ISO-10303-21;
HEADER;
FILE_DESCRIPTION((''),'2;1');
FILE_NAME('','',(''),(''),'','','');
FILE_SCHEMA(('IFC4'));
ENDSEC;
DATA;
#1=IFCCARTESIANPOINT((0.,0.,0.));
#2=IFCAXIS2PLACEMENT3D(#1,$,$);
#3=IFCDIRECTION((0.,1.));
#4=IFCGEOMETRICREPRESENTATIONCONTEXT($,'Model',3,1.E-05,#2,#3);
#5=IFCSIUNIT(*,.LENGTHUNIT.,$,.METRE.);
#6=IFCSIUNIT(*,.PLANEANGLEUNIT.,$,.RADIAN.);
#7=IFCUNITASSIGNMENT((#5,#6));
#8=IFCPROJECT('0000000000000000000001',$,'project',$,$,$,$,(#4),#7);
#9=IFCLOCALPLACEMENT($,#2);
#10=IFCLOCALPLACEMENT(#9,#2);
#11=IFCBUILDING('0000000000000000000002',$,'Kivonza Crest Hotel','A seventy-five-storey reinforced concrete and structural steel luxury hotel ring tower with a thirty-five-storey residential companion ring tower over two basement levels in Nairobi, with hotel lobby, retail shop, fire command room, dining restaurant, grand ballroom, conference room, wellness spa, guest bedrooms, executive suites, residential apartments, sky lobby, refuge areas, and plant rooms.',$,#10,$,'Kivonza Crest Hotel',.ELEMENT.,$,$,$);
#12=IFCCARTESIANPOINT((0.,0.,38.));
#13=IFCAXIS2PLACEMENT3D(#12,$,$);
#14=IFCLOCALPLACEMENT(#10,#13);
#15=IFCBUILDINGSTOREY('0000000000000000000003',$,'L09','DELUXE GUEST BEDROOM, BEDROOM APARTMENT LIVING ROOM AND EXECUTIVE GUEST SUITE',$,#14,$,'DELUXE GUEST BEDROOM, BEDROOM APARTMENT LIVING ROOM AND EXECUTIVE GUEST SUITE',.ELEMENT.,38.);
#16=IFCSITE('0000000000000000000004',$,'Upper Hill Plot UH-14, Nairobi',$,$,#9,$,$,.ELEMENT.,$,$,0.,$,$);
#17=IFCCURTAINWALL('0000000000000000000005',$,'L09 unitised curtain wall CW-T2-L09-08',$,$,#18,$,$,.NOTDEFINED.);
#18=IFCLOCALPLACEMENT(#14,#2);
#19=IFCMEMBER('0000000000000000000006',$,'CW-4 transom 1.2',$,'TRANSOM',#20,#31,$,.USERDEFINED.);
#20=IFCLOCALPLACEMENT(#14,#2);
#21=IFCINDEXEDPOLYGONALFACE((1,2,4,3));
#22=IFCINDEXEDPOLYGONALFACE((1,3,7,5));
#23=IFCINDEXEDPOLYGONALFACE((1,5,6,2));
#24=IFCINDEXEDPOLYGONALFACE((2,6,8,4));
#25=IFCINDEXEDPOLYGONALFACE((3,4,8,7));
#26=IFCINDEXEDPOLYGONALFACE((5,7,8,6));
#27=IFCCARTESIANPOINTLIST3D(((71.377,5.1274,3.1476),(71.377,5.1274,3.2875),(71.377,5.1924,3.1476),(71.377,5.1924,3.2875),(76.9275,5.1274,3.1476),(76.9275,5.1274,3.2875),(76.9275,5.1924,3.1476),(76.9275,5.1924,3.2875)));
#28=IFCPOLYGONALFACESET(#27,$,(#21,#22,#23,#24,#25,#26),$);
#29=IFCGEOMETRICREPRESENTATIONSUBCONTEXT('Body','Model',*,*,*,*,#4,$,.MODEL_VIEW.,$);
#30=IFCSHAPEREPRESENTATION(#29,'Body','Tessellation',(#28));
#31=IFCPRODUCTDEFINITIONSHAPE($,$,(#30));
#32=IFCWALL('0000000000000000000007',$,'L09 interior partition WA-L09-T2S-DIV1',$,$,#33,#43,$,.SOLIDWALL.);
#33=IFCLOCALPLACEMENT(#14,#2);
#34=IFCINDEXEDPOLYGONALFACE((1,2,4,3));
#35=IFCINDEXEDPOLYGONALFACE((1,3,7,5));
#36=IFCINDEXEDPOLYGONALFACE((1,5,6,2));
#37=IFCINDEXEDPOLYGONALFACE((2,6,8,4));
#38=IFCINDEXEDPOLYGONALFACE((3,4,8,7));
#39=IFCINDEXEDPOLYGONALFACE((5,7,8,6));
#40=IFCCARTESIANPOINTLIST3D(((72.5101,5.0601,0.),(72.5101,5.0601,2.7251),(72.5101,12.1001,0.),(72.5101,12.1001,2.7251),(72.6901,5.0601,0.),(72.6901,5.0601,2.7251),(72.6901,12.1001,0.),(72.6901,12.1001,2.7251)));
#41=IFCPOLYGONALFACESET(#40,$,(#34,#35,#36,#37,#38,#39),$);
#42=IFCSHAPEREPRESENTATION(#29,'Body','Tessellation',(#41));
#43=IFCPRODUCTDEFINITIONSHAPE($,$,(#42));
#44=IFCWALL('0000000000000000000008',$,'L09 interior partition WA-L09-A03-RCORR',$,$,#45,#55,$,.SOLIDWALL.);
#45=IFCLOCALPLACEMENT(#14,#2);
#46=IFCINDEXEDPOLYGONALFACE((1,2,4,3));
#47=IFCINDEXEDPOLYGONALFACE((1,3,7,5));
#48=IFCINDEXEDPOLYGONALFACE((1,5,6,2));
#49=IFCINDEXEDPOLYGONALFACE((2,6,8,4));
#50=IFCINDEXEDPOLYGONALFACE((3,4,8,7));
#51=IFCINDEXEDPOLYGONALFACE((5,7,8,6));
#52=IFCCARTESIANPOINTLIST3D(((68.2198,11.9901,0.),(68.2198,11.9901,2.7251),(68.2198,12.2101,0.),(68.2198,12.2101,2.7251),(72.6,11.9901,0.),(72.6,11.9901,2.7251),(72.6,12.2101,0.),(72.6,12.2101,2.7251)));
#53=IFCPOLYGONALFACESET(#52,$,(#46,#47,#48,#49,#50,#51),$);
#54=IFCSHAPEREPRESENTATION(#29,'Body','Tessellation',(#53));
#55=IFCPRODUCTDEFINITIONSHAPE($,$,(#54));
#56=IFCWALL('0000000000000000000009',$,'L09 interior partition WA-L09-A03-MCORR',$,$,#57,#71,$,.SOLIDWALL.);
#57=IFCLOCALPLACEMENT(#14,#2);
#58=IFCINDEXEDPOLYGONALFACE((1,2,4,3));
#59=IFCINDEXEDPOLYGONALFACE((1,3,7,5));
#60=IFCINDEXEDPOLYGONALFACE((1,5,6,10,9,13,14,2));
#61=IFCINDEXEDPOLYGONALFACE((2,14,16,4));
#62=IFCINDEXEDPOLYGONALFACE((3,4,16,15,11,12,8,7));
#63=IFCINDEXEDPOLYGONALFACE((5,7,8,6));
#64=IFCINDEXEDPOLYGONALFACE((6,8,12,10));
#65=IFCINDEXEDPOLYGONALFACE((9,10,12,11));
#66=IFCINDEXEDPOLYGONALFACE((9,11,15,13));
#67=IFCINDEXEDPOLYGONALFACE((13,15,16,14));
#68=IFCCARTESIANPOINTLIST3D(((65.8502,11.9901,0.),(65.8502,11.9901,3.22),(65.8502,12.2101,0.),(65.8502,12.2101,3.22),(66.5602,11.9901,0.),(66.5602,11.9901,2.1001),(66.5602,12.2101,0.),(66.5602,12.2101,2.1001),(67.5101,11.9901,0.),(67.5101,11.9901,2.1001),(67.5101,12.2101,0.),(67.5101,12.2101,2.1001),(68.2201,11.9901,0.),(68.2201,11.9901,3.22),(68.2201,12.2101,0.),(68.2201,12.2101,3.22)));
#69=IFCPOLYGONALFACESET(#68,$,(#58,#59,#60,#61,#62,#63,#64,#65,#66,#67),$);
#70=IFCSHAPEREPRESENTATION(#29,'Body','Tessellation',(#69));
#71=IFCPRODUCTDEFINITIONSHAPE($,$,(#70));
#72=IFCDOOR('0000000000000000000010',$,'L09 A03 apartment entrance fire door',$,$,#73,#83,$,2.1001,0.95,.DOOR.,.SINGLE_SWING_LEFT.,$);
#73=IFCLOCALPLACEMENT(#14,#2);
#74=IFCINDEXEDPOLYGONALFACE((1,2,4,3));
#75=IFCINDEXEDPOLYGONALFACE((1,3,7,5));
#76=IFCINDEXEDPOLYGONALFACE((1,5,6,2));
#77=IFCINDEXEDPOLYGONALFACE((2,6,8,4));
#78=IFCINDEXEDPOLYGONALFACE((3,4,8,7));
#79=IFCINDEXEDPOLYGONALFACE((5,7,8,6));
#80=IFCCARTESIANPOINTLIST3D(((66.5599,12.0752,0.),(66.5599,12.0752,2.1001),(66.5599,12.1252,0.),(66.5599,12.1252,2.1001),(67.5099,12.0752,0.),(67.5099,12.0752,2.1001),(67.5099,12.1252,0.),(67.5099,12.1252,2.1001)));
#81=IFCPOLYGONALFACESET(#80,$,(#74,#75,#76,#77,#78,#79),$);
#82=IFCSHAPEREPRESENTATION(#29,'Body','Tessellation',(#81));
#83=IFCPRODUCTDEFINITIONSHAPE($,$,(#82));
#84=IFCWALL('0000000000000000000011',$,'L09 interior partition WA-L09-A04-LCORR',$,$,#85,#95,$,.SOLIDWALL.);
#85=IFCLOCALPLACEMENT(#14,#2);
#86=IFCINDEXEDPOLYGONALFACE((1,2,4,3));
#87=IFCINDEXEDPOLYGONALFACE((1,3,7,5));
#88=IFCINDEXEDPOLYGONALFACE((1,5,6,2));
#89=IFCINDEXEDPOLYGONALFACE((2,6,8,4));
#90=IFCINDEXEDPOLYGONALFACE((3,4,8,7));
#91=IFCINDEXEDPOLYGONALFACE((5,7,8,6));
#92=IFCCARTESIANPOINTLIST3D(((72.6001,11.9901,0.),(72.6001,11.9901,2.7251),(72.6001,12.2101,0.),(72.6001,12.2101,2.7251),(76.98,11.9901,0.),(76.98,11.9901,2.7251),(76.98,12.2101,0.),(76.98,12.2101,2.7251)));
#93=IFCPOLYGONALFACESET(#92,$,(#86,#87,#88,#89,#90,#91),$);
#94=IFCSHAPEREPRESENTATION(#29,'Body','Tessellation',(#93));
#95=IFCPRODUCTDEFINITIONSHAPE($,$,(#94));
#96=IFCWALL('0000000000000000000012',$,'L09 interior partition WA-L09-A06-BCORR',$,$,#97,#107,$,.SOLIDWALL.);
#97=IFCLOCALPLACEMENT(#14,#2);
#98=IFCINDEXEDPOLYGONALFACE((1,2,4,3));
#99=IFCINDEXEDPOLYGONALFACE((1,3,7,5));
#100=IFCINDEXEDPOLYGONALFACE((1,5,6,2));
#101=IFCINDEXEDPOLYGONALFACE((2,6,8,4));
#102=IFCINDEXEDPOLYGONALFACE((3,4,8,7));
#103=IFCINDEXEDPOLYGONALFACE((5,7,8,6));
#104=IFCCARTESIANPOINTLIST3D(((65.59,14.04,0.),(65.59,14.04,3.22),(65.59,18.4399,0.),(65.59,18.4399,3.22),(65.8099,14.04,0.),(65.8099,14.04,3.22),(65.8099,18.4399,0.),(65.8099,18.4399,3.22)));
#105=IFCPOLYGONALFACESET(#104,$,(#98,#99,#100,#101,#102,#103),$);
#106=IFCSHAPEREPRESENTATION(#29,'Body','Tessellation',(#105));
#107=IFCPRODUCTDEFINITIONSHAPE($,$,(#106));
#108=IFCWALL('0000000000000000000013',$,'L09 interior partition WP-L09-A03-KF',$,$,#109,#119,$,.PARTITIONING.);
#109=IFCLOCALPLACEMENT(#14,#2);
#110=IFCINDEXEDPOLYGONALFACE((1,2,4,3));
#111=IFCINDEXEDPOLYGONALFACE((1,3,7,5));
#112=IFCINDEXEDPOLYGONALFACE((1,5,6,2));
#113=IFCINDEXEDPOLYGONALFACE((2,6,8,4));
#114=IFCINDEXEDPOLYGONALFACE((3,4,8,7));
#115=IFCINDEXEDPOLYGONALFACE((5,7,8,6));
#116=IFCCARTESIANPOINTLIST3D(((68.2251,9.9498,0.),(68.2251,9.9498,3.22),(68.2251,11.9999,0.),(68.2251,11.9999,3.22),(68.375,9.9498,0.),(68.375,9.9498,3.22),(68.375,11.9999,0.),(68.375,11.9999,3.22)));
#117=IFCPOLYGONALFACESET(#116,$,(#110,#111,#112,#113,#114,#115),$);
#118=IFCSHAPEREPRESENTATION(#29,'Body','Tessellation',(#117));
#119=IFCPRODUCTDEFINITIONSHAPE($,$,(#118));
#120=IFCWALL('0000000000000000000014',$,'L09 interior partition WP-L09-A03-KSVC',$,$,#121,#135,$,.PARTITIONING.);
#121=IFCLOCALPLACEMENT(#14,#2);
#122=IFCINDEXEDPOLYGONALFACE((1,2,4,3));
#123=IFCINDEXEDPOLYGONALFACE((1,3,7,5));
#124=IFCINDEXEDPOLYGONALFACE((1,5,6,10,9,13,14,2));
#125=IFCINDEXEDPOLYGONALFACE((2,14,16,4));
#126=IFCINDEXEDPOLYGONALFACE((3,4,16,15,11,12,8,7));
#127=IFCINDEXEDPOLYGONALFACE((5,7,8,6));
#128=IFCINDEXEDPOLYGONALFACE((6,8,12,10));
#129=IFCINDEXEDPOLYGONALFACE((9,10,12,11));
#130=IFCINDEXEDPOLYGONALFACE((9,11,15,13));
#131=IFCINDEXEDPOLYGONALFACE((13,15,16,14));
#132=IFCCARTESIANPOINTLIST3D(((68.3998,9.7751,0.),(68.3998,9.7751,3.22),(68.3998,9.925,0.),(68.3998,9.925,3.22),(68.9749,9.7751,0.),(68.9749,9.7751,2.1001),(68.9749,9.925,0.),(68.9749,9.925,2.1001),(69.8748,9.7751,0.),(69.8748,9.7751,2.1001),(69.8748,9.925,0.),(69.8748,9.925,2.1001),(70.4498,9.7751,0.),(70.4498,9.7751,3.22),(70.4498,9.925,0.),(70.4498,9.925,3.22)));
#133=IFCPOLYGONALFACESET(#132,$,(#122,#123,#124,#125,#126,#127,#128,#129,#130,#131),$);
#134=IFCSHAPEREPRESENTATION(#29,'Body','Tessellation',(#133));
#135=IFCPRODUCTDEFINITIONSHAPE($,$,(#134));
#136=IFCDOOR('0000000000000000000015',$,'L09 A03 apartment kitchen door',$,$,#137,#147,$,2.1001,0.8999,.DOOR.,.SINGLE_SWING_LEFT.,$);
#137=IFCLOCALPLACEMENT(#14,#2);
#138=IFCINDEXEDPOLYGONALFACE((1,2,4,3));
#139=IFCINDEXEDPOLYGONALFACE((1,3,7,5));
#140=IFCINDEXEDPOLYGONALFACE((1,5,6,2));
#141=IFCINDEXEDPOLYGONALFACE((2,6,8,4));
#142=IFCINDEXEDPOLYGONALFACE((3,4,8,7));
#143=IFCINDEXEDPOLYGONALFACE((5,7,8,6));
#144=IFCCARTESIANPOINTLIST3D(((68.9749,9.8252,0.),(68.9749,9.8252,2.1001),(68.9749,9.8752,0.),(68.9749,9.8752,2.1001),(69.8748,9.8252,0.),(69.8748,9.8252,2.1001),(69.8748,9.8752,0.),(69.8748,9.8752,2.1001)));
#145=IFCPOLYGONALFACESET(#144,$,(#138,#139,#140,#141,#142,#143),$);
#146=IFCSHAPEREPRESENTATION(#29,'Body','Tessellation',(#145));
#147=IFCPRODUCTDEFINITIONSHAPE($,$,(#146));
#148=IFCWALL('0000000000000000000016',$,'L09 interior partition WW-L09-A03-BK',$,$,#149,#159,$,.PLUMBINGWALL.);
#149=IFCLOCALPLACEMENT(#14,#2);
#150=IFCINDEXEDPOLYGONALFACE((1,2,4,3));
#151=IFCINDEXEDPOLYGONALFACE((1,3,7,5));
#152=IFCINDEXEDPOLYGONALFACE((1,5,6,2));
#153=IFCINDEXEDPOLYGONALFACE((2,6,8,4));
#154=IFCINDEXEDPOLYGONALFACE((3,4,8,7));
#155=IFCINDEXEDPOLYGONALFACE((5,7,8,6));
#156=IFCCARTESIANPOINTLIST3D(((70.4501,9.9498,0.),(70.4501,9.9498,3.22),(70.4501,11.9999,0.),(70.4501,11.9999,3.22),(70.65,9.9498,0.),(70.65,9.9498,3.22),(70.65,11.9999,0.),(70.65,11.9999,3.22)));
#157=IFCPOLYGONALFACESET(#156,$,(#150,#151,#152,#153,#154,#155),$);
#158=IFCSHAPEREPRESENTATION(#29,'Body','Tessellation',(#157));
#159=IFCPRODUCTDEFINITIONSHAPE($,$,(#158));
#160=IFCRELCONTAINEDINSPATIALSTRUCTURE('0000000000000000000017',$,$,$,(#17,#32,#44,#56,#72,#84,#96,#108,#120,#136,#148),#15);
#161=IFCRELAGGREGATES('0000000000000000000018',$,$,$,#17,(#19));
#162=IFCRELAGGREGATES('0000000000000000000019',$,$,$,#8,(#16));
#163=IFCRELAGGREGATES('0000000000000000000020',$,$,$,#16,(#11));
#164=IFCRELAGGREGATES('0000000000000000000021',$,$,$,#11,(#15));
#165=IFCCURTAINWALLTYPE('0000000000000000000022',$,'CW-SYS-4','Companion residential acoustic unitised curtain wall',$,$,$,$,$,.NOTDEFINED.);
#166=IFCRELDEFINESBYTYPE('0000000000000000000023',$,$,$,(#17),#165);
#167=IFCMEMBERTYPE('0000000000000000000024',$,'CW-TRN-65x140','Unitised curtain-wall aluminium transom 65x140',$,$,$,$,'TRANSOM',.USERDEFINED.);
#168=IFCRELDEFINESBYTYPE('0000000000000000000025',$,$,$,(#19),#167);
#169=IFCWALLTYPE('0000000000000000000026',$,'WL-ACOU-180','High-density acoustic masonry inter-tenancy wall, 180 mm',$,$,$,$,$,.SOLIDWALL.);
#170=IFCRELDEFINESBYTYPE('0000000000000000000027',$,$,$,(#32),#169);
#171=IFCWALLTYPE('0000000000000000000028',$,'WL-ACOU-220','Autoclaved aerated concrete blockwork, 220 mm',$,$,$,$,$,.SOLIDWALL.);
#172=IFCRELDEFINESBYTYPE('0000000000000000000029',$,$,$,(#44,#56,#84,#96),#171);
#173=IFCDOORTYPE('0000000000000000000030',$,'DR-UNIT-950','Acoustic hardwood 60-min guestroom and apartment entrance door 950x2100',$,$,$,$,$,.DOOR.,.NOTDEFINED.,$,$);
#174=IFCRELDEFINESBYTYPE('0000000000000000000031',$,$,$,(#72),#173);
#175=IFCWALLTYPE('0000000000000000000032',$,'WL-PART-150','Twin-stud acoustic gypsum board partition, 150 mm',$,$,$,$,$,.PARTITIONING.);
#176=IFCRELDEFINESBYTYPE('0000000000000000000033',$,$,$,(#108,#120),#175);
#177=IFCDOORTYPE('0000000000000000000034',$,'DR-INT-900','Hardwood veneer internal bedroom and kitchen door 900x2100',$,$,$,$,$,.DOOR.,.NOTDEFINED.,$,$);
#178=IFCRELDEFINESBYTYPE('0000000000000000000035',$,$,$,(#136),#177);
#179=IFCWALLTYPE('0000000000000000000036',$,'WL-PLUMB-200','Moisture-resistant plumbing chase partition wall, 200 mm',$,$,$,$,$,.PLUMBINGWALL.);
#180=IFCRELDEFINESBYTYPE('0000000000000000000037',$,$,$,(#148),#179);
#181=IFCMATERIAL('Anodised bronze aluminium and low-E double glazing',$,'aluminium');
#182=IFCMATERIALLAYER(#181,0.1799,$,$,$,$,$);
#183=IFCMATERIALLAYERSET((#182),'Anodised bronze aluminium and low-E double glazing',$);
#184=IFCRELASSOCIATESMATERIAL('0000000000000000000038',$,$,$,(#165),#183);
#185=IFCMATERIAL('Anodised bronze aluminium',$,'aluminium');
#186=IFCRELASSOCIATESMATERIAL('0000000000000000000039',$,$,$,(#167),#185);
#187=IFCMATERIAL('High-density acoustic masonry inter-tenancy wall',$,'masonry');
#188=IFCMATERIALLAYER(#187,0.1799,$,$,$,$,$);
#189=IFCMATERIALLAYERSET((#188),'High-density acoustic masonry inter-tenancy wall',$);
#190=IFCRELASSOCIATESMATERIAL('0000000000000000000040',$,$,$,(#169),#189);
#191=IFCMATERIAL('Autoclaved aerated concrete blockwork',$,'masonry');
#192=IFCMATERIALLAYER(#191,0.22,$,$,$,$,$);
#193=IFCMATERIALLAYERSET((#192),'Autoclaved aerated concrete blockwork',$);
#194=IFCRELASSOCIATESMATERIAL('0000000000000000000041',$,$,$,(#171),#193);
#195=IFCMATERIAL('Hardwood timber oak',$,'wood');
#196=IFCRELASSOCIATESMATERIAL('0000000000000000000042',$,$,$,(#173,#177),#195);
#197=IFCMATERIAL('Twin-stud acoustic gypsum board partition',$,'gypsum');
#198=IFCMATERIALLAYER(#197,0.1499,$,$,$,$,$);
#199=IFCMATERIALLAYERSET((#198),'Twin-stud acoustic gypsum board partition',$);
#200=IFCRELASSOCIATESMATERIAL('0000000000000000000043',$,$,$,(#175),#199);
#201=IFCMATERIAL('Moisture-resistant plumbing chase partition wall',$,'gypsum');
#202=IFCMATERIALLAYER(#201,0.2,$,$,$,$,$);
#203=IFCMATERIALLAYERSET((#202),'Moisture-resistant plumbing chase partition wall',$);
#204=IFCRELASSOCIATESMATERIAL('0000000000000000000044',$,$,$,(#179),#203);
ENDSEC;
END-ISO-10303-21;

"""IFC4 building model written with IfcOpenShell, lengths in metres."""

from ifc_helpers import new_model, si_unit, direction, frame, frame_2d, origin, origin_2d, place, context, subcontext, project, spatial, rectangle, extrude, material, layer, layer_set, material_profile, profile_set, type_object, element, fill, aggregate, save


model = new_model("IFC4")

# Units and contexts
model_context = context("Model", 3, precision=1e-05, world=origin(), true_north=direction((0.0, 1.0)))
body_context = subcontext(model_context, "Body", "Model", "MODEL_VIEW")
ifc_project = project(units=[si_unit("LENGTHUNIT", "METRE"), si_unit("PLANEANGLEUNIT", "RADIAN")], contexts=[model_context])

# Site, building, storey
site_placement = place(None, origin())
site = spatial("IfcSite", under=ifc_project, at=site_placement, Name="Upper Hill Plot UH-14, Nairobi", CompositionType="ELEMENT", RefElevation=0.0)
building_placement = place(site_placement, origin())
building = spatial("IfcBuilding", under=site, at=building_placement, Name="Kivonza Crest Hotel", Description="A seventy-five-storey reinforced concrete and structural steel luxury hotel ring tower with a thirty-five-storey residential companion ring tower over two basement levels in Nairobi, with hotel lobby, retail shop, fire command room, dining restaurant, grand ballroom, conference room, wellness spa, guest bedrooms, executive suites, residential apartments, sky lobby, refuge areas, and plant rooms.", LongName="Kivonza Crest Hotel", CompositionType="ELEMENT")
storey_placement = place(building_placement, frame((0.0, 0.0, 38.0)))
storey = spatial("IfcBuildingStorey", under=building, at=storey_placement, Name="L09", Description="DELUXE GUEST BEDROOM, BEDROOM APARTMENT LIVING ROOM AND EXECUTIVE GUEST SUITE", LongName="DELUXE GUEST BEDROOM, BEDROOM APARTMENT LIVING ROOM AND EXECUTIVE GUEST SUITE", CompositionType="ELEMENT", Elevation=38.0)

# Curtain wall, member
ifc_material_1 = material(Name="Anodised bronze aluminium and low-E double glazing", Category="aluminium")
ifc_layer_1 = layer(ifc_material_1, 0.1799)
ifc_layer_set_1 = layer_set([ifc_layer_1], Name="Anodised bronze aluminium and low-E double glazing")
curtain_wall_type = type_object("IfcCurtainWallType", Name="CW-SYS-4", Description="Companion residential acoustic unitised curtain wall", PredefinedType="NOTDEFINED", material=ifc_layer_set_1)
curtain_wall_placement = place(storey_placement, origin())
curtain_wall = element("IfcCurtainWall", 1, at=curtain_wall_placement, inside=storey, type_object=curtain_wall_type, Name="L09 unitised curtain wall CW-T2-L09-08", PredefinedType="NOTDEFINED")
ifc_material_2 = material(Name="Anodised bronze aluminium", Category="aluminium")
ifc_material_profile_1 = material_profile(ifc_material_2, rectangle(XDim=0.0649, YDim=0.1399, at=origin_2d()), Name="CW-T 65x140")
ifc_profile_set_1 = profile_set([ifc_material_profile_1], Name="Anodised bronze aluminium")
member_type_1 = type_object("IfcMemberType", Name="CW-TRN-65x140", Description="Unitised curtain-wall aluminium transom 65x140", ElementType="TRANSOM", PredefinedType="USERDEFINED", material=ifc_profile_set_1)
member_1_placement = place(storey_placement, frame((71.377, 5.1599, 3.2175), z_axis=(1.0, 0.0, 0.0), x_axis=(0.0, 1.0, 0.0)))
member_1 = element("IfcMember", 2, at=member_1_placement, type_object=member_type_1, Name="CW-4 transom 1.2", ObjectType="TRANSOM", PredefinedType="USERDEFINED", context=body_context, shape_type="SweptSolid", body=[
    extrude(rectangle(XDim=0.0649, YDim=0.1399, at=origin_2d()), origin(), (0.0, 0.0, 1.0), 5.5505),
])
aggregate(curtain_wall, [member_1])

# Walls
ifc_material_3 = material(Name="High-density acoustic masonry inter-tenancy wall", Category="masonry")
ifc_layer_2 = layer(ifc_material_3, 0.1799)
ifc_layer_set_2 = layer_set([ifc_layer_2], Name="High-density acoustic masonry inter-tenancy wall")
wall_type_1 = type_object("IfcWallType", Name="WL-ACOU-180", Description="High-density acoustic masonry inter-tenancy wall, 180 mm", PredefinedType="SOLIDWALL", material=ifc_layer_set_2)
wall_1_placement = place(storey_placement, frame((72.6001, 5.0601, 0.0), z_axis=(0.0, 0.0, 1.0), x_axis=(0.0, 1.0, 0.0)))
element("IfcWall", 3, at=wall_1_placement, inside=storey, type_object=wall_type_1, Name="L09 interior partition WA-L09-T2S-DIV1", PredefinedType="SOLIDWALL", context=body_context, shape_type="SweptSolid", body=[
    extrude(rectangle(XDim=7.04, YDim=0.1799, at=frame_2d((3.52, 0.0))), origin(), (0.0, 0.0, 1.0), 2.7251),
])
ifc_material_4 = material(Name="Autoclaved aerated concrete blockwork", Category="masonry")
ifc_layer_3 = layer(ifc_material_4, 0.22)
ifc_layer_set_3 = layer_set([ifc_layer_3], Name="Autoclaved aerated concrete blockwork")
wall_type_2 = type_object("IfcWallType", Name="WL-ACOU-220", Description="Autoclaved aerated concrete blockwork, 220 mm", PredefinedType="SOLIDWALL", material=ifc_layer_set_3)
wall_2_placement = place(storey_placement, frame((68.22, 12.1001, 0.0), z_axis=(0.0, 0.0, 1.0), x_axis=(1.0, 0.0, 0.0)))
element("IfcWall", 4, at=wall_2_placement, inside=storey, type_object=wall_type_2, Name="L09 interior partition WA-L09-A03-RCORR", PredefinedType="SOLIDWALL", context=body_context, shape_type="SweptSolid", body=[
    extrude(rectangle(XDim=4.3801, YDim=0.22, at=frame_2d((2.1899, 0.0))), origin(), (0.0, 0.0, 1.0), 2.7251),
])

# Wall, opening, door
wall_3_placement = place(storey_placement, frame((65.8501, 12.1001, 0.0), z_axis=(0.0, 0.0, 1.0), x_axis=(1.0, 0.0, 0.0)))
wall_3 = element("IfcWall", 5, at=wall_3_placement, inside=storey, type_object=wall_type_2, Name="L09 interior partition WA-L09-A03-MCORR", PredefinedType="SOLIDWALL", context=body_context, shape_type="SweptSolid", body=[
    extrude(rectangle(XDim=2.3699, YDim=0.22, at=frame_2d((1.1851, 0.0))), origin(), (0.0, 0.0, 1.0), 3.22),
])
opening_1_placement = place(wall_3_placement, frame((0.71, 0.0, 0.0)))
opening_1 = element("IfcOpeningElement", 6, at=opening_1_placement, cuts=wall_3, PredefinedType="OPENING", context=body_context, shape_type="SweptSolid", body=[
    extrude(rectangle(XDim=0.95, YDim=2.1001, at=frame_2d((0.4751, 1.05))), frame((0.0, 0.1201, 0.0), z_axis=(0.0, -1.0, 0.0), x_axis=(1.0, 0.0, 0.0)), (0.0, 0.0, 1.0), 0.24),
])
ifc_material_5 = material(Name="Hardwood timber oak", Category="wood")
door_type_1 = type_object("IfcDoorType", Name="DR-UNIT-950", Description="Acoustic hardwood 60-min guestroom and apartment entrance door 950x2100", OperationType="NOTDEFINED", PredefinedType="DOOR", material=ifc_material_5)
door_1_placement = place(opening_1_placement, frame((0.95, 0.0, 0.0), z_axis=(0.0, 0.0, 1.0), x_axis=(-1.0, 0.0, 0.0)))
door_1 = element("IfcDoor", 7, at=door_1_placement, inside=storey, type_object=door_type_1, Name="L09 A03 apartment entrance fire door", OperationType="SINGLE_SWING_LEFT", OverallHeight=2.1001, OverallWidth=0.95, PredefinedType="DOOR", context=body_context, shape_type="SweptSolid", body=[
    extrude(rectangle(XDim=0.95, YDim=2.1001, at=frame_2d((0.4751, 1.05))), frame((0.0, 0.0249, 0.0), z_axis=(0.0, -1.0, 0.0), x_axis=(1.0, 0.0, 0.0)), (0.0, 0.0, 1.0), 0.05),
])
fill(opening_1, door_1)

# Walls
wall_4_placement = place(storey_placement, frame((72.6001, 12.1001, 0.0), z_axis=(0.0, 0.0, 1.0), x_axis=(1.0, 0.0, 0.0)))
element("IfcWall", 8, at=wall_4_placement, inside=storey, type_object=wall_type_2, Name="L09 interior partition WA-L09-A04-LCORR", PredefinedType="SOLIDWALL", context=body_context, shape_type="SweptSolid", body=[
    extrude(rectangle(XDim=4.3799, YDim=0.22, at=frame_2d((2.1899, 0.0))), origin(), (0.0, 0.0, 1.0), 2.7251),
])
wall_5_placement = place(storey_placement, frame((65.7, 14.04, 0.0), z_axis=(0.0, 0.0, 1.0), x_axis=(0.0, 1.0, 0.0)))
element("IfcWall", 9, at=wall_5_placement, inside=storey, type_object=wall_type_2, Name="L09 interior partition WA-L09-A06-BCORR", PredefinedType="SOLIDWALL", context=body_context, shape_type="SweptSolid", body=[
    extrude(rectangle(XDim=4.3999, YDim=0.22, at=frame_2d((2.2, 0.0))), origin(), (0.0, 0.0, 1.0), 3.22),
])
ifc_material_6 = material(Name="Twin-stud acoustic gypsum board partition", Category="gypsum")
ifc_layer_4 = layer(ifc_material_6, 0.1499)
ifc_layer_set_4 = layer_set([ifc_layer_4], Name="Twin-stud acoustic gypsum board partition")
wall_type_3 = type_object("IfcWallType", Name="WL-PART-150", Description="Twin-stud acoustic gypsum board partition, 150 mm", PredefinedType="PARTITIONING", material=ifc_layer_set_4)
wall_6_placement = place(storey_placement, frame((68.3, 9.95, 0.0), z_axis=(0.0, 0.0, 1.0), x_axis=(0.0, 1.0, 0.0)))
element("IfcWall", 10, at=wall_6_placement, inside=storey, type_object=wall_type_3, Name="L09 interior partition WP-L09-A03-KF", PredefinedType="PARTITIONING", context=body_context, shape_type="SweptSolid", body=[
    extrude(rectangle(XDim=2.05, YDim=0.1499, at=frame_2d((1.0249, 0.0))), origin(), (0.0, 0.0, 1.0), 3.22),
])

# Wall, opening, door
wall_7_placement = place(storey_placement, frame((68.3999, 9.8501, 0.0), z_axis=(0.0, 0.0, 1.0), x_axis=(1.0, 0.0, 0.0)))
wall_7 = element("IfcWall", 11, at=wall_7_placement, inside=storey, type_object=wall_type_3, Name="L09 interior partition WP-L09-A03-KSVC", PredefinedType="PARTITIONING", context=body_context, shape_type="SweptSolid", body=[
    extrude(rectangle(XDim=2.05, YDim=0.1499, at=frame_2d((1.0249, 0.0))), origin(), (0.0, 0.0, 1.0), 3.22),
])
opening_2_placement = place(wall_7_placement, frame((0.575, 0.0, 0.0)))
opening_2 = element("IfcOpeningElement", 12, at=opening_2_placement, cuts=wall_7, PredefinedType="OPENING", context=body_context, shape_type="SweptSolid", body=[
    extrude(rectangle(XDim=0.8999, YDim=2.1001, at=frame_2d((0.45, 1.05))), frame((0.0, 0.085, 0.0), z_axis=(0.0, -1.0, 0.0), x_axis=(1.0, 0.0, 0.0)), (0.0, 0.0, 1.0), 0.1699),
])
door_type_2 = type_object("IfcDoorType", Name="DR-INT-900", Description="Hardwood veneer internal bedroom and kitchen door 900x2100", OperationType="NOTDEFINED", PredefinedType="DOOR", material=ifc_material_5)
door_2_placement = place(opening_2_placement, frame((0.8999, 0.0, 0.0), z_axis=(0.0, 0.0, 1.0), x_axis=(-1.0, 0.0, 0.0)))
door_2 = element("IfcDoor", 13, at=door_2_placement, inside=storey, type_object=door_type_2, Name="L09 A03 apartment kitchen door", OperationType="SINGLE_SWING_LEFT", OverallHeight=2.1001, OverallWidth=0.8999, PredefinedType="DOOR", context=body_context, shape_type="SweptSolid", body=[
    extrude(rectangle(XDim=0.8999, YDim=2.1001, at=frame_2d((0.45, 1.05))), frame((0.0, 0.0249, 0.0), z_axis=(0.0, -1.0, 0.0), x_axis=(1.0, 0.0, 0.0)), (0.0, 0.0, 1.0), 0.05),
])
fill(opening_2, door_2)

# Wall
ifc_material_7 = material(Name="Moisture-resistant plumbing chase partition wall", Category="gypsum")
ifc_layer_5 = layer(ifc_material_7, 0.2)
ifc_layer_set_5 = layer_set([ifc_layer_5], Name="Moisture-resistant plumbing chase partition wall")
wall_type_4 = type_object("IfcWallType", Name="WL-PLUMB-200", Description="Moisture-resistant plumbing chase partition wall, 200 mm", PredefinedType="PLUMBINGWALL", material=ifc_layer_set_5)
wall_8_placement = place(storey_placement, frame((70.55, 9.95, 0.0), z_axis=(0.0, 0.0, 1.0), x_axis=(0.0, 1.0, 0.0)))
element("IfcWall", 14, at=wall_8_placement, inside=storey, type_object=wall_type_4, Name="L09 interior partition WW-L09-A03-BK", PredefinedType="PLUMBINGWALL", context=body_context, shape_type="SweptSolid", body=[
    extrude(rectangle(XDim=2.05, YDim=0.2, at=frame_2d((1.0249, 0.0))), origin(), (0.0, 0.0, 1.0), 3.22),
])

save(model, "model.ifc")
